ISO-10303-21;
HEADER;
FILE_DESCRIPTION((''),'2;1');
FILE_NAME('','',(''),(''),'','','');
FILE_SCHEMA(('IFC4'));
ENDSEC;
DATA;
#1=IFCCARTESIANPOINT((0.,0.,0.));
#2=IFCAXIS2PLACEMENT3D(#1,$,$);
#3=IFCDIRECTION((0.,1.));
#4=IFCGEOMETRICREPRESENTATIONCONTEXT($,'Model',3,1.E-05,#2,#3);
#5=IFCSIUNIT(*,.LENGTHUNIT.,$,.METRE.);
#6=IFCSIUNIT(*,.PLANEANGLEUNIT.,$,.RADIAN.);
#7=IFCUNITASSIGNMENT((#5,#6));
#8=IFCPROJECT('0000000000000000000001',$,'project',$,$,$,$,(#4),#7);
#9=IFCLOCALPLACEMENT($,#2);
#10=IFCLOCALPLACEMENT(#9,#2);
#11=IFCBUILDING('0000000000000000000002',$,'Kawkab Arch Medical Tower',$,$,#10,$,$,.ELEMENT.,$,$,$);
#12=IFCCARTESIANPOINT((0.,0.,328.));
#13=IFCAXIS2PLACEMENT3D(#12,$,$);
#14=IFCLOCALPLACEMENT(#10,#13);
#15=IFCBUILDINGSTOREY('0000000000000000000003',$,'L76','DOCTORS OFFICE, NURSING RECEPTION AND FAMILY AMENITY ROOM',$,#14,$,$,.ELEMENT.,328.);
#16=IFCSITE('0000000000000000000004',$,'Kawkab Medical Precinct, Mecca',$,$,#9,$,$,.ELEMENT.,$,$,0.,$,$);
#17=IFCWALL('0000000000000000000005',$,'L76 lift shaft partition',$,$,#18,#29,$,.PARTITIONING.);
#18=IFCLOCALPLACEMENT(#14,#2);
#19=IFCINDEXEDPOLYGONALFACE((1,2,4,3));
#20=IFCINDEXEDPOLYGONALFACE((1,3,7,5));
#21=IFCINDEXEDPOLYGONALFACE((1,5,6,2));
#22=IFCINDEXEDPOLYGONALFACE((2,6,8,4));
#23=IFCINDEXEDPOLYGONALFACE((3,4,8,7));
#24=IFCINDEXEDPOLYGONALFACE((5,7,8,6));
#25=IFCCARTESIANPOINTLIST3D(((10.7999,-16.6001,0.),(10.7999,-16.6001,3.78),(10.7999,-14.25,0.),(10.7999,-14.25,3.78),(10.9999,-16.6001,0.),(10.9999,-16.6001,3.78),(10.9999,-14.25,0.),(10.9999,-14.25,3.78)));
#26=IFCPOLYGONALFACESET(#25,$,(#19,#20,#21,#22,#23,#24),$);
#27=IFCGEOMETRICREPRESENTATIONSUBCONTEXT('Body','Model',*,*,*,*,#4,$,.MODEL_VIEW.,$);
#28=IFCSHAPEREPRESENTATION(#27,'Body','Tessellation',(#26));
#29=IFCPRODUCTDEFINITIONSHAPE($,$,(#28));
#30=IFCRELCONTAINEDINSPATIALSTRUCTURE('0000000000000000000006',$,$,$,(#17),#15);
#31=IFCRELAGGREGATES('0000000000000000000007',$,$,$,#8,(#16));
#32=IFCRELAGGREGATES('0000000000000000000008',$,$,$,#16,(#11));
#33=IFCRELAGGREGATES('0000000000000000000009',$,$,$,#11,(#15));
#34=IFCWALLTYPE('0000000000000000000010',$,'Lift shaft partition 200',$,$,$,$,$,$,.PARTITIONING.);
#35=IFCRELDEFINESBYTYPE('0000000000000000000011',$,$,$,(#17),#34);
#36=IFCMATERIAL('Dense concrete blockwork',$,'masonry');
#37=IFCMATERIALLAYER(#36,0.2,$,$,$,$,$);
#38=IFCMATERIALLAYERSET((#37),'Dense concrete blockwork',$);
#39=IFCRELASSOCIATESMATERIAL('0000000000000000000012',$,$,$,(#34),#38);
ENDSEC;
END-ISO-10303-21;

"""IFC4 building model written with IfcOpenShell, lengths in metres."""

from ifc_helpers import new_model, si_unit, direction, frame, frame_2d, origin, place, context, subcontext, project, spatial, rectangle, extrude, material, layer, layer_set, type_object, element, save


model = new_model("IFC4")

# Units and contexts
model_context = context("Model", 3, precision=1e-05, world=origin(), true_north=direction((0.0, 1.0)))
body_context = subcontext(model_context, "Body", "Model", "MODEL_VIEW")
ifc_project = project(units=[si_unit("LENGTHUNIT", "METRE"), si_unit("PLANEANGLEUNIT", "RADIAN")], contexts=[model_context])

# Site, building, storey
site_placement = place(None, origin())
site = spatial("IfcSite", under=ifc_project, at=site_placement, Name="Kawkab Medical Precinct, Mecca", CompositionType="ELEMENT", RefElevation=0.0)
building_placement = place(site_placement, origin())
building = spatial("IfcBuilding", under=site, at=building_placement, Name="Kawkab Arch Medical Tower", CompositionType="ELEMENT")
storey_placement = place(building_placement, frame((0.0, 0.0, 328.0)))
storey = spatial("IfcBuildingStorey", under=building, at=storey_placement, Name="L76", Description="DOCTORS OFFICE, NURSING RECEPTION AND FAMILY AMENITY ROOM", CompositionType="ELEMENT", Elevation=328.0)

# Wall
ifc_material_1 = material(Name="Dense concrete blockwork", Category="masonry")
ifc_layer_1 = layer(ifc_material_1, 0.2)
ifc_layer_set_1 = layer_set([ifc_layer_1], Name="Dense concrete blockwork")
wall_type_1 = type_object("IfcWallType", Name="Lift shaft partition 200", PredefinedType="PARTITIONING", material=ifc_layer_set_1)
wall_1_placement = place(storey_placement, frame((10.8999, -16.6001, 0.0), z_axis=(0.0, 0.0, 1.0), x_axis=(0.0, 1.0, 0.0)))
element("IfcWall", 1, at=wall_1_placement, inside=storey, type_object=wall_type_1, Name="L76 lift shaft partition", PredefinedType="PARTITIONING", context=body_context, shape_type="SweptSolid", body=[
    extrude(rectangle(XDim=2.3501, YDim=0.2, at=frame_2d((1.175, 0.0))), origin(), (0.0, 0.0, 1.0), 3.78),
])

save(model, "model.ifc")
